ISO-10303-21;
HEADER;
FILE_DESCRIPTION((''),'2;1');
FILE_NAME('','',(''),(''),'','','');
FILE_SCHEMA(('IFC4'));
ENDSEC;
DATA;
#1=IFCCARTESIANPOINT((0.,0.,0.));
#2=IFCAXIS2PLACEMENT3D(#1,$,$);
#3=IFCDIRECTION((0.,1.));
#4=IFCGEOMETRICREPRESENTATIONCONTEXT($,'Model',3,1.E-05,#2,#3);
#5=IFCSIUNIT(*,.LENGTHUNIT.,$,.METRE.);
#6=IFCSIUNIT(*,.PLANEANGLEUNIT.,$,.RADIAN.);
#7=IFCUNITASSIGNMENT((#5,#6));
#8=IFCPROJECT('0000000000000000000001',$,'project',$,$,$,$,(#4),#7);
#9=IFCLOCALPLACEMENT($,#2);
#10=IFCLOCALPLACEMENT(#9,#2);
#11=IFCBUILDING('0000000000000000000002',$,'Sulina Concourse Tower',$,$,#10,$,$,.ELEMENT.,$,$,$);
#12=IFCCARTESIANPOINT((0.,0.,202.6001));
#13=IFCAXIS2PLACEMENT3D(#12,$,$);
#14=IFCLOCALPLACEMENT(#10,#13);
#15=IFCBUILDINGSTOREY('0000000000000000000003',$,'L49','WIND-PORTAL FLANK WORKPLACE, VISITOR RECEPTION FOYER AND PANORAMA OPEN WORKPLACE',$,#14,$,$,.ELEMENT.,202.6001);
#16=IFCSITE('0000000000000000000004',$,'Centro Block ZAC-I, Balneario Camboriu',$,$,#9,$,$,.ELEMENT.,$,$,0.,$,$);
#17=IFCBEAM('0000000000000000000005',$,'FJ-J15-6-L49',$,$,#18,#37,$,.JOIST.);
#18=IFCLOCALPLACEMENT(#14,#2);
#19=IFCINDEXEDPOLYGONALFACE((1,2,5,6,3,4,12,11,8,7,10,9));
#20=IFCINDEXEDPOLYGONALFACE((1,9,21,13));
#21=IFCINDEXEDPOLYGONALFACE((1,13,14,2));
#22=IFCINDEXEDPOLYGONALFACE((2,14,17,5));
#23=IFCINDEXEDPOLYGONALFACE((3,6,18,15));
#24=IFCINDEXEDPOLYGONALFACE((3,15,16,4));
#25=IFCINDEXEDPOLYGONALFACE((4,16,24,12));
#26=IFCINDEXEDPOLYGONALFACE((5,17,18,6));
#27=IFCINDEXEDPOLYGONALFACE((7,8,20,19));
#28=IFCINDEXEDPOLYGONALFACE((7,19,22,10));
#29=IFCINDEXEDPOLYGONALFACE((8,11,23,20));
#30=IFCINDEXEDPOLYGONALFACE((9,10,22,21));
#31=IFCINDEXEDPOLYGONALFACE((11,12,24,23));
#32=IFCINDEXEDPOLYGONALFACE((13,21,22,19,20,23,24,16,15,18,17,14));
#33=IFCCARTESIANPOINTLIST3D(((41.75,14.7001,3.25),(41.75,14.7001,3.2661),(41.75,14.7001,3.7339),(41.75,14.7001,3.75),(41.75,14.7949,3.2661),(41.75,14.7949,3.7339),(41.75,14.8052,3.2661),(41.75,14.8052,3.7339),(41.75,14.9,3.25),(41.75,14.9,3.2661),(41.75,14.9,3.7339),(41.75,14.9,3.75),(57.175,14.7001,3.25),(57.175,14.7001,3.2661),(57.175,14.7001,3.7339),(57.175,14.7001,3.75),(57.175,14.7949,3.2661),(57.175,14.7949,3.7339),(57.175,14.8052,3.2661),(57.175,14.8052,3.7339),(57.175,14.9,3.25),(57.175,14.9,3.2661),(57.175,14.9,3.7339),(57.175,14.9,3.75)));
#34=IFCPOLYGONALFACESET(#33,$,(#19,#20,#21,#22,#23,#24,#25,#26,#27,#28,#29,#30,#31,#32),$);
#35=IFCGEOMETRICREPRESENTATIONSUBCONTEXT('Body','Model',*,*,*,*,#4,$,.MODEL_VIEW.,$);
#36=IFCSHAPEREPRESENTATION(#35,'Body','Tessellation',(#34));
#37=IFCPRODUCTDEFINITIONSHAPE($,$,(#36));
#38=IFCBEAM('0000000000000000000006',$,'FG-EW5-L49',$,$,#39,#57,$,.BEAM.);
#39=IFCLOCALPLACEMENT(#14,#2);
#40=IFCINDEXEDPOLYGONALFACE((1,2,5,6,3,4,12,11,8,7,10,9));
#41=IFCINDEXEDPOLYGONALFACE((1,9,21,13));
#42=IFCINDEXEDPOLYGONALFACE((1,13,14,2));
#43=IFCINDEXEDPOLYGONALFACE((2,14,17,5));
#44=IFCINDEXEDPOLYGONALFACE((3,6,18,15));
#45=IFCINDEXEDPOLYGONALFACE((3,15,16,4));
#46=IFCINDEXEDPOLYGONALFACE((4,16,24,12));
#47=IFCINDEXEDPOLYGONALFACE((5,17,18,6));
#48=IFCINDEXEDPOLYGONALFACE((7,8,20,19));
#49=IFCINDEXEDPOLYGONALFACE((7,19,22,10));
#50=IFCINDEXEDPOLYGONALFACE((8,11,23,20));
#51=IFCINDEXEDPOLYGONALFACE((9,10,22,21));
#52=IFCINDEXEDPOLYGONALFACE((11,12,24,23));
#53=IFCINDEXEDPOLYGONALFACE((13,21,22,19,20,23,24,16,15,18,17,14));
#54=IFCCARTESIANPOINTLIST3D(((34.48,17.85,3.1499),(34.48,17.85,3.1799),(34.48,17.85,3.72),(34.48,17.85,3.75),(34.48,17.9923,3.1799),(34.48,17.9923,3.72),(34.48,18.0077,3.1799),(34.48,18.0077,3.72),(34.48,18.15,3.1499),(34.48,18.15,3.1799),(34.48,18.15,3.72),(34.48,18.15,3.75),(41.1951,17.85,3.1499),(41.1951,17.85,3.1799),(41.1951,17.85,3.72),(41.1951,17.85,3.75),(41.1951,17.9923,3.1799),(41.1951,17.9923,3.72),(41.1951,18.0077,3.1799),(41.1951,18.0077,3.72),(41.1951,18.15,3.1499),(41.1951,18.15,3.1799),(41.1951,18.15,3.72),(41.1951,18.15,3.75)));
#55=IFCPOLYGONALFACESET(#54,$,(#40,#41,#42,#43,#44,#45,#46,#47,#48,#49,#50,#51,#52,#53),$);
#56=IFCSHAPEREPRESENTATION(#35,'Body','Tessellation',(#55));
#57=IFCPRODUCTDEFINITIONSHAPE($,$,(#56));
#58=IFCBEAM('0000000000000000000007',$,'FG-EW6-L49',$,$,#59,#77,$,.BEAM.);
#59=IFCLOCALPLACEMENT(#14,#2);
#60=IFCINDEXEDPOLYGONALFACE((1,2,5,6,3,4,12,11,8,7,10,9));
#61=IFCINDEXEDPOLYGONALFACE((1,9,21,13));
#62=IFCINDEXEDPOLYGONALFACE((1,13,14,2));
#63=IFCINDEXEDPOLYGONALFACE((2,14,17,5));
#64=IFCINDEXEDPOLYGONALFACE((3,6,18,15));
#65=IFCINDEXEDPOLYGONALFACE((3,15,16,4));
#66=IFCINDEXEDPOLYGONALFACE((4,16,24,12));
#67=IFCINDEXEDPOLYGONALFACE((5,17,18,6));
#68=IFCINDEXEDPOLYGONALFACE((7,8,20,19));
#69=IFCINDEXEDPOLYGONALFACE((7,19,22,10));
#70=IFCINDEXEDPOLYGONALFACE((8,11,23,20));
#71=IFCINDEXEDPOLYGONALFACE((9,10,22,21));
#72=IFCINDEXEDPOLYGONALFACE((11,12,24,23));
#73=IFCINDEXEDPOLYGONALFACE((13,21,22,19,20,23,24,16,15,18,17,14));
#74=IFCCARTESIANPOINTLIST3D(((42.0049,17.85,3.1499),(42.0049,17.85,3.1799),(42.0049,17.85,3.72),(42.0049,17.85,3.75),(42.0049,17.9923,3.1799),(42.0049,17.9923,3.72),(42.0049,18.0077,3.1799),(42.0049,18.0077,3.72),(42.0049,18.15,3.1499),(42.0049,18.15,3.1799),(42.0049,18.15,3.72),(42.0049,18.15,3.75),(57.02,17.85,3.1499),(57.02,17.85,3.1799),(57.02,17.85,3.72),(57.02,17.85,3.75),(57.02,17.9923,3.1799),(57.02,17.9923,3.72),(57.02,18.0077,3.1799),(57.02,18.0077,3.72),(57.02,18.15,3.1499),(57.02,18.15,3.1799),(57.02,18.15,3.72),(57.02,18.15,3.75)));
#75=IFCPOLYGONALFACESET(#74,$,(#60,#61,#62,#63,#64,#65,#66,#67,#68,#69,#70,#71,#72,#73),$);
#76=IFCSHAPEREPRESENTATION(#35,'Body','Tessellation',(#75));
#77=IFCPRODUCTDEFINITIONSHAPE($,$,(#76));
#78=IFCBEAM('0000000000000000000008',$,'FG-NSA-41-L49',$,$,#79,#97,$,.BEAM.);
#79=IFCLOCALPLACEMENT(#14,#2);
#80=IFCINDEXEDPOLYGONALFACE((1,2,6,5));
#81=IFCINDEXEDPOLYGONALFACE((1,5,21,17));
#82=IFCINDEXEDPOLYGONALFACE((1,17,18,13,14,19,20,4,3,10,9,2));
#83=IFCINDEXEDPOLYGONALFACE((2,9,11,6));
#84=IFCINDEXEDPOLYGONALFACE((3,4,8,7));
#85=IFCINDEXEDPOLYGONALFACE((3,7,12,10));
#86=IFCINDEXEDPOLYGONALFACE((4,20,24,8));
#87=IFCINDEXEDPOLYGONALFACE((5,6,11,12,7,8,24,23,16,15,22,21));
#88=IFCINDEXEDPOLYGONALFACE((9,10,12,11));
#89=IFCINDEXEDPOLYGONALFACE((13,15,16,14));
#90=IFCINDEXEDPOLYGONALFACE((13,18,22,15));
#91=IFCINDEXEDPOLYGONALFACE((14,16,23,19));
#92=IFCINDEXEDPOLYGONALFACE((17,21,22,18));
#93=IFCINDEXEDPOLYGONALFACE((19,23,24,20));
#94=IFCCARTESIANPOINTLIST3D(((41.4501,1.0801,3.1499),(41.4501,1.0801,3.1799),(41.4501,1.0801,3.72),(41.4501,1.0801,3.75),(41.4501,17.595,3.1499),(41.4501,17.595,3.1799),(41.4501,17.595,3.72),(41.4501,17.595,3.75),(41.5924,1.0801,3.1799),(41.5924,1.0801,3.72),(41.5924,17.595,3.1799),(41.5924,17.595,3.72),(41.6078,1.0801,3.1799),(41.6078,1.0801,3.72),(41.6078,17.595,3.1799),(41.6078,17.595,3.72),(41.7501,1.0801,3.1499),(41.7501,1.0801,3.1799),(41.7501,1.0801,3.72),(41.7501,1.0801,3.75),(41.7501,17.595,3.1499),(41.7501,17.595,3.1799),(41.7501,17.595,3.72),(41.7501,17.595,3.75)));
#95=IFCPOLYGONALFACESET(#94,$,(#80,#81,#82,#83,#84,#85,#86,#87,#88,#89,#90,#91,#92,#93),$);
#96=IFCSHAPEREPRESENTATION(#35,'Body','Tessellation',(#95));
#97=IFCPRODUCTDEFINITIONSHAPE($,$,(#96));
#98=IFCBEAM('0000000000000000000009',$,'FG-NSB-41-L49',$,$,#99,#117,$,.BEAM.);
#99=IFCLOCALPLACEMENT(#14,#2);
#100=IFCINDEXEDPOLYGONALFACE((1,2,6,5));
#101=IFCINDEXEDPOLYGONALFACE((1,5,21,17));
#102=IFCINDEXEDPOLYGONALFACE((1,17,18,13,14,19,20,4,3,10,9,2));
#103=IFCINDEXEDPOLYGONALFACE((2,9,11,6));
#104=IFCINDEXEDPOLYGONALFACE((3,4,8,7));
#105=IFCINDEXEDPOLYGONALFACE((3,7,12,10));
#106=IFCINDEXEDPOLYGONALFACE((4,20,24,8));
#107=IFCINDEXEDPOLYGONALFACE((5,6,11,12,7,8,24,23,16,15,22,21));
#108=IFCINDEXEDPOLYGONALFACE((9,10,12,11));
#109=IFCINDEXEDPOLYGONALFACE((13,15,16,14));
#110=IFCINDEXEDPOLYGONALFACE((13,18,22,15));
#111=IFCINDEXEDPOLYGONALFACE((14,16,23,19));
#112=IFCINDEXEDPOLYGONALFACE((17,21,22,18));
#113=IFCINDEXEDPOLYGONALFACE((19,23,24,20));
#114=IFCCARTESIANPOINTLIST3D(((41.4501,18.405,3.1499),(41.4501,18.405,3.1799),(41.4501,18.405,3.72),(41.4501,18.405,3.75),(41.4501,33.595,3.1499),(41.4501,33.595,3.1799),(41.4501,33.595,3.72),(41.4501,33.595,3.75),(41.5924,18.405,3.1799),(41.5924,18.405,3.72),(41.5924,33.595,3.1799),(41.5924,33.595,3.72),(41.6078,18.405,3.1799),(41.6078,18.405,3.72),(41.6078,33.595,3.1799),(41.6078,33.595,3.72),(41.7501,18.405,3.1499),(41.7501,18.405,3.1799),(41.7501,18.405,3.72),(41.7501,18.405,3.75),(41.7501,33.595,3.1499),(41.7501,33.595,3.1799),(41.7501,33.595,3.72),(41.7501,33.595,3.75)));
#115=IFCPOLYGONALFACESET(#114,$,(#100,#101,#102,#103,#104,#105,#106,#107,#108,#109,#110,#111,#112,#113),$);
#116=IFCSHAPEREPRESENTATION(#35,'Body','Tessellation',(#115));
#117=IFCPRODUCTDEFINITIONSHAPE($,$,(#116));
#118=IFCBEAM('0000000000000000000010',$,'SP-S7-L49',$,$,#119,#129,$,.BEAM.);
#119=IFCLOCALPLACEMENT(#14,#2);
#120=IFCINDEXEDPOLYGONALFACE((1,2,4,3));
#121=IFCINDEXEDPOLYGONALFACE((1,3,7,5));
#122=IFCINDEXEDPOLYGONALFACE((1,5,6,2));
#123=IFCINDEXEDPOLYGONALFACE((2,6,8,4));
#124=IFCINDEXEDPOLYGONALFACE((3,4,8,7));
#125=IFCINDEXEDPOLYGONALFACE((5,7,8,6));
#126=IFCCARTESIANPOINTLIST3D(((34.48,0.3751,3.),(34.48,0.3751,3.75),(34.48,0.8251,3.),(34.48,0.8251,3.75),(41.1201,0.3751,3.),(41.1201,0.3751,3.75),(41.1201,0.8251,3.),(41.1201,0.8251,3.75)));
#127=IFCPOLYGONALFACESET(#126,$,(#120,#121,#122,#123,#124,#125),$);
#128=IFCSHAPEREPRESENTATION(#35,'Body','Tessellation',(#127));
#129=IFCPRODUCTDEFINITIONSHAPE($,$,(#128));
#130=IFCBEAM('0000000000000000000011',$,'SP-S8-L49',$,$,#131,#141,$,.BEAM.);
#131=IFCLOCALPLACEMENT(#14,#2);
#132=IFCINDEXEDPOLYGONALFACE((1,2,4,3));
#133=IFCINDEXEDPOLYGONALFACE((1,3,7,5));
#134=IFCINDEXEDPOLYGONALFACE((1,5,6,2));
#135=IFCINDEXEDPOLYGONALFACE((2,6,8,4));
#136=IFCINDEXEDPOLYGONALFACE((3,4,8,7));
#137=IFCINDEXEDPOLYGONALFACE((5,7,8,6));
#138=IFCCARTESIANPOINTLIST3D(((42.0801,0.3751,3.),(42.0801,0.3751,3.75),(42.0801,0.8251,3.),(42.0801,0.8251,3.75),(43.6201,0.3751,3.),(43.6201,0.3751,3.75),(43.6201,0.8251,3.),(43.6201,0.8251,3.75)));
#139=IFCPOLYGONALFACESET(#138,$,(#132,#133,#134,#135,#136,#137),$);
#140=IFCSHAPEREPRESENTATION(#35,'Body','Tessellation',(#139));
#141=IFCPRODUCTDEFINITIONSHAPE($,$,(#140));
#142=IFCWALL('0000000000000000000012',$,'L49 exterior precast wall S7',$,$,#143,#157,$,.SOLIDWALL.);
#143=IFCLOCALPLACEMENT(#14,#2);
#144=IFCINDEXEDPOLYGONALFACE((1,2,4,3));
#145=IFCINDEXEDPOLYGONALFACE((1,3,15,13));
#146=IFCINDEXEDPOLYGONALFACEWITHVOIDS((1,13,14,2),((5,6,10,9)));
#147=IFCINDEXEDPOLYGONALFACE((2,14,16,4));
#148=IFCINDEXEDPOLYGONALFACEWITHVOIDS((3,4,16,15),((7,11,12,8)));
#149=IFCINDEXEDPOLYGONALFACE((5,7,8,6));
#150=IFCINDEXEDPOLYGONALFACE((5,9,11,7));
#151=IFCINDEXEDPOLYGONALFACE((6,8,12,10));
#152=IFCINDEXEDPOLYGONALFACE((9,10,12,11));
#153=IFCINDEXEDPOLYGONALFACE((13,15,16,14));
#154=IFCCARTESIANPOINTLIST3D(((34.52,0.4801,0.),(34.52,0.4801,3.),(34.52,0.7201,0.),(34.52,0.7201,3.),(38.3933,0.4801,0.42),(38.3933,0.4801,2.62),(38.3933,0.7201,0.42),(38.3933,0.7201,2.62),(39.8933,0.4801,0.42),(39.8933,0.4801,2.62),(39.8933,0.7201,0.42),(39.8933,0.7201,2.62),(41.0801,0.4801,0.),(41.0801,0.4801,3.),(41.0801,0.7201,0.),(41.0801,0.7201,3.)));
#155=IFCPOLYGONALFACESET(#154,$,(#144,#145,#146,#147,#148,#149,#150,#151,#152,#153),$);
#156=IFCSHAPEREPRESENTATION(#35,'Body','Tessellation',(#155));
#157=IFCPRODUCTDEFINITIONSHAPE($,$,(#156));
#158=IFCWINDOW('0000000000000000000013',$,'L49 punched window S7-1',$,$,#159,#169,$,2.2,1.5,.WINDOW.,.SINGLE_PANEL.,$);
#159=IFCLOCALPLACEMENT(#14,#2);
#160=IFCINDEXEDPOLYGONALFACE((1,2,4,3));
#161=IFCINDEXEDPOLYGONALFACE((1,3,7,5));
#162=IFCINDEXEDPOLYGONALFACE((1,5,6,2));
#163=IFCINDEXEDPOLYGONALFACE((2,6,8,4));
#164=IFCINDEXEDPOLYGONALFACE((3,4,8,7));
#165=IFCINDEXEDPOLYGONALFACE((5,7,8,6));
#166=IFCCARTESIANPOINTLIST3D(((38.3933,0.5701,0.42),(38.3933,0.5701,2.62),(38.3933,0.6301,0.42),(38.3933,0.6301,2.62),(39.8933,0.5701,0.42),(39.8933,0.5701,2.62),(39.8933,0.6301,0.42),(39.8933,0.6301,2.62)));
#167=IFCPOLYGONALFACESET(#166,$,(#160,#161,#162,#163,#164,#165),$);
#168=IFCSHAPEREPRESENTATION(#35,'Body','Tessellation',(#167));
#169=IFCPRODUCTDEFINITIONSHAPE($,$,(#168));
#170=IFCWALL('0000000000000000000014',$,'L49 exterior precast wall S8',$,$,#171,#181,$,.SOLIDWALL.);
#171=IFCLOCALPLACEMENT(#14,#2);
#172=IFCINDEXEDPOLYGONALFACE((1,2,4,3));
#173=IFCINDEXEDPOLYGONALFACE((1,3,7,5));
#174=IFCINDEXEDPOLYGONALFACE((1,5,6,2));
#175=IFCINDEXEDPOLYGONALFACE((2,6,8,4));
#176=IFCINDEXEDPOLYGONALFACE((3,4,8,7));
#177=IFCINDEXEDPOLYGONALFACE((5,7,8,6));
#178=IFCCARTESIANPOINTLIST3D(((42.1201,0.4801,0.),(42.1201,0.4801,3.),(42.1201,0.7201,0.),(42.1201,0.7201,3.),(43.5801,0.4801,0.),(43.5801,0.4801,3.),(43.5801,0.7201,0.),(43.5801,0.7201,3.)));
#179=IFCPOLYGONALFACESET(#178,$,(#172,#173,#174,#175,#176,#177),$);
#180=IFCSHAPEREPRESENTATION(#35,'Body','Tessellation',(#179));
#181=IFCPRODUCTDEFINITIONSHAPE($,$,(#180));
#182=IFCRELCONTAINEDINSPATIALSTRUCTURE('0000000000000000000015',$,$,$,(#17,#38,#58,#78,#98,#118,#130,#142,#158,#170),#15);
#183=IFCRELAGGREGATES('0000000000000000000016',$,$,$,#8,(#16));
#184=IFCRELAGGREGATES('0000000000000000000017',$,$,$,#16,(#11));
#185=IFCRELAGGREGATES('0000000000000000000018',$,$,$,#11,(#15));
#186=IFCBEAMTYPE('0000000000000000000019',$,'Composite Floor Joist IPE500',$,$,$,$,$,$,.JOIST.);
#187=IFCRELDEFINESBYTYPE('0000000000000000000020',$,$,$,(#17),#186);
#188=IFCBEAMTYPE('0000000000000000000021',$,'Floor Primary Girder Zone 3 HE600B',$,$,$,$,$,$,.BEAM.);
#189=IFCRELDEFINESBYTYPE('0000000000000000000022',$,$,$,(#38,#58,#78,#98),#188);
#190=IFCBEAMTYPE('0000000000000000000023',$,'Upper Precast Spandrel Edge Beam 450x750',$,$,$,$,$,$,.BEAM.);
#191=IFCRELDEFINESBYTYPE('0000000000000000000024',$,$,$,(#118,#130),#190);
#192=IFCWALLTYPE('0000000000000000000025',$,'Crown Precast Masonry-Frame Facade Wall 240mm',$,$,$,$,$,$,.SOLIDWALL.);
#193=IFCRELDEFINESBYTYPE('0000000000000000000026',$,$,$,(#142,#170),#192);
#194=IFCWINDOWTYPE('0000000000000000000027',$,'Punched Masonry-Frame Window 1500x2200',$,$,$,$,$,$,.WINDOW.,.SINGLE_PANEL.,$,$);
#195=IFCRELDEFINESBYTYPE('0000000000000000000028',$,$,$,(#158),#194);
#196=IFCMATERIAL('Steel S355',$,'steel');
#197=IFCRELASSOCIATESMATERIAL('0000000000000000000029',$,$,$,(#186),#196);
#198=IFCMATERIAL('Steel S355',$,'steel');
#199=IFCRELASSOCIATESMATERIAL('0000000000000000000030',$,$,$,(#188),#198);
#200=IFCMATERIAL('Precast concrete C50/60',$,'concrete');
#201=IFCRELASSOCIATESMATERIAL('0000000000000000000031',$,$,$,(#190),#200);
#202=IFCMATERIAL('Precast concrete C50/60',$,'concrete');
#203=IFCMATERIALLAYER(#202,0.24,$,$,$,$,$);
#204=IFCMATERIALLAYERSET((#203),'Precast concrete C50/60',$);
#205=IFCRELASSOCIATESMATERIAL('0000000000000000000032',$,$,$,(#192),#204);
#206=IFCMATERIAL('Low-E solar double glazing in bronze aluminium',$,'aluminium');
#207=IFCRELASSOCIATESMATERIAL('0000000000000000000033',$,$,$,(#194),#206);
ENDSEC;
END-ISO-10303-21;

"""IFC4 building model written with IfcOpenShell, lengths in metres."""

from ifc_helpers import new_model, si_unit, direction, frame, frame_2d, origin, origin_2d, place, context, subcontext, project, spatial, rectangle, i_section, extrude, material, layer, layer_set, material_profile, profile_set, type_object, element, fill, save


model = new_model("IFC4")

# Units and contexts
model_context = context("Model", 3, precision=1e-05, world=origin(), true_north=direction((0.0, 1.0)))
body_context = subcontext(model_context, "Body", "Model", "MODEL_VIEW")
ifc_project = project(units=[si_unit("LENGTHUNIT", "METRE"), si_unit("PLANEANGLEUNIT", "RADIAN")], contexts=[model_context])

# Site, building, storey
site_placement = place(None, origin())
site = spatial("IfcSite", under=ifc_project, at=site_placement, Name="Centro Block ZAC-I, Balneario Camboriu", CompositionType="ELEMENT", RefElevation=0.0)
building_placement = place(site_placement, origin())
building = spatial("IfcBuilding", under=site, at=building_placement, Name="Sulina Concourse Tower", CompositionType="ELEMENT")
storey_placement = place(building_placement, frame((0.0, 0.0, 202.6001)))
storey = spatial("IfcBuildingStorey", under=building, at=storey_placement, Name="L49", Description="WIND-PORTAL FLANK WORKPLACE, VISITOR RECEPTION FOYER AND PANORAMA OPEN WORKPLACE", CompositionType="ELEMENT", Elevation=202.6001)

# Beams
ifc_material_1 = material(Name="Steel S355", Category="steel")
ifc_material_profile_1 = material_profile(ifc_material_1, i_section(OverallWidth=0.2, OverallDepth=0.5, WebThickness=0.0103, FlangeThickness=0.0161, at=origin_2d()), Name="IPE 500")
ifc_profile_set_1 = profile_set([ifc_material_profile_1], Name="Steel S355")
beam_type_1 = type_object("IfcBeamType", Name="Composite Floor Joist IPE500", PredefinedType="JOIST", material=ifc_profile_set_1)
beam_1_placement = place(storey_placement, frame((41.75, 14.8, 3.5), z_axis=(1.0, 0.0, 0.0), x_axis=(0.0, 1.0, 0.0)))
element("IfcBeam", 1, at=beam_1_placement, inside=storey, type_object=beam_type_1, Name="FJ-J15-6-L49", PredefinedType="JOIST", context=body_context, shape_type="SweptSolid", body=[
    extrude(i_section(OverallWidth=0.2, OverallDepth=0.5, WebThickness=0.0103, FlangeThickness=0.0161, at=origin_2d()), origin(), (0.0, 0.0, 1.0), 15.425),
])
ifc_material_2 = material(Name="Steel S355", Category="steel")
ifc_material_profile_2 = material_profile(ifc_material_2, i_section(OverallWidth=0.3, OverallDepth=0.6001, WebThickness=0.0154, FlangeThickness=0.03, at=origin_2d()), Name="HE 600 B")
ifc_profile_set_2 = profile_set([ifc_material_profile_2], Name="Steel S355")
beam_type_2 = type_object("IfcBeamType", Name="Floor Primary Girder Zone 3 HE600B", PredefinedType="BEAM", material=ifc_profile_set_2)
beam_2_placement = place(storey_placement, frame((34.48, 18.0, 3.45), z_axis=(1.0, 0.0, 0.0), x_axis=(0.0, 1.0, 0.0)))
element("IfcBeam", 2, at=beam_2_placement, inside=storey, type_object=beam_type_2, Name="FG-EW5-L49", PredefinedType="BEAM", context=body_context, shape_type="SweptSolid", body=[
    extrude(i_section(OverallWidth=0.3, OverallDepth=0.6001, WebThickness=0.0154, FlangeThickness=0.03, at=origin_2d()), origin(), (0.0, 0.0, 1.0), 6.7151),
])
beam_3_placement = place(storey_placement, frame((42.0049, 18.0, 3.45), z_axis=(1.0, 0.0, 0.0), x_axis=(0.0, 1.0, 0.0)))
element("IfcBeam", 3, at=beam_3_placement, inside=storey, type_object=beam_type_2, Name="FG-EW6-L49", PredefinedType="BEAM", context=body_context, shape_type="SweptSolid", body=[
    extrude(i_section(OverallWidth=0.3, OverallDepth=0.6001, WebThickness=0.0154, FlangeThickness=0.03, at=origin_2d()), origin(), (0.0, 0.0, 1.0), 15.0151),
])
beam_4_placement = place(storey_placement, frame((41.6001, 1.0801, 3.45), z_axis=(0.0, 1.0, 0.0), x_axis=(-1.0, 0.0, 0.0)))
element("IfcBeam", 4, at=beam_4_placement, inside=storey, type_object=beam_type_2, Name="FG-NSA-41-L49", PredefinedType="BEAM", context=body_context, shape_type="SweptSolid", body=[
    extrude(i_section(OverallWidth=0.3, OverallDepth=0.6001, WebThickness=0.0154, FlangeThickness=0.03, at=origin_2d()), origin(), (0.0, 0.0, 1.0), 16.5149),
])
beam_5_placement = place(storey_placement, frame((41.6001, 18.405, 3.45), z_axis=(0.0, 1.0, 0.0), x_axis=(-1.0, 0.0, 0.0)))
element("IfcBeam", 5, at=beam_5_placement, inside=storey, type_object=beam_type_2, Name="FG-NSB-41-L49", PredefinedType="BEAM", context=body_context, shape_type="SweptSolid", body=[
    extrude(i_section(OverallWidth=0.3, OverallDepth=0.6001, WebThickness=0.0154, FlangeThickness=0.03, at=origin_2d()), origin(), (0.0, 0.0, 1.0), 15.1899),
])
ifc_material_3 = material(Name="Precast concrete C50/60", Category="concrete")
ifc_material_profile_3 = material_profile(ifc_material_3, rectangle(XDim=0.45, YDim=0.75, at=origin_2d()), Name="RC 450x750")
ifc_profile_set_3 = profile_set([ifc_material_profile_3], Name="Precast concrete C50/60")
beam_type_3 = type_object("IfcBeamType", Name="Upper Precast Spandrel Edge Beam 450x750", PredefinedType="BEAM", material=ifc_profile_set_3)
beam_6_placement = place(storey_placement, frame((34.48, 0.6001, 3.375), z_axis=(1.0, 0.0, 0.0), x_axis=(0.0, 1.0, 0.0)))
element("IfcBeam", 6, at=beam_6_placement, inside=storey, type_object=beam_type_3, Name="SP-S7-L49", PredefinedType="BEAM", context=body_context, shape_type="SweptSolid", body=[
    extrude(rectangle(XDim=0.45, YDim=0.75, at=origin_2d()), origin(), (0.0, 0.0, 1.0), 6.6401),
])
beam_7_placement = place(storey_placement, frame((42.0801, 0.6001, 3.375), z_axis=(1.0, 0.0, 0.0), x_axis=(0.0, 1.0, 0.0)))
element("IfcBeam", 7, at=beam_7_placement, inside=storey, type_object=beam_type_3, Name="SP-S8-L49", PredefinedType="BEAM", context=body_context, shape_type="SweptSolid", body=[
    extrude(rectangle(XDim=0.45, YDim=0.75, at=origin_2d()), origin(), (0.0, 0.0, 1.0), 1.54),
])

# Wall, opening, window
ifc_material_4 = material(Name="Precast concrete C50/60", Category="concrete")
ifc_layer_1 = layer(ifc_material_4, 0.24)
ifc_layer_set_1 = layer_set([ifc_layer_1], Name="Precast concrete C50/60")
wall_type_1 = type_object("IfcWallType", Name="Crown Precast Masonry-Frame Facade Wall 240mm", PredefinedType="SOLIDWALL", material=ifc_layer_set_1)
wall_1_placement = place(storey_placement, frame((41.0801, 0.6001, 0.0), z_axis=(0.0, 0.0, 1.0), x_axis=(-1.0, 0.0, 0.0)))
wall_1 = element("IfcWall", 8, at=wall_1_placement, inside=storey, type_object=wall_type_1, Name="L49 exterior precast wall S7", PredefinedType="SOLIDWALL", context=body_context, shape_type="SweptSolid", body=[
    extrude(rectangle(XDim=6.5601, YDim=0.24, at=frame_2d((3.28, 0.0))), origin(), (0.0, 0.0, 1.0), 3.0),
])
opening_1_placement = place(wall_1_placement, frame((1.1868, 0.0, 0.4199)))
opening_1 = element("IfcOpeningElement", 9, at=opening_1_placement, cuts=wall_1, PredefinedType="OPENING", context=body_context, shape_type="SweptSolid", body=[
    extrude(rectangle(XDim=1.5, YDim=2.2, at=frame_2d((0.75, 1.1001))), frame((0.0, 0.1299, 0.0), z_axis=(0.0, -1.0, 0.0), x_axis=(1.0, 0.0, 0.0)), (0.0, 0.0, 1.0), 0.26),
])
ifc_material_5 = material(Name="Low-E solar double glazing in bronze aluminium", Category="aluminium")
window_type = type_object("IfcWindowType", Name="Punched Masonry-Frame Window 1500x2200", PartitioningType="SINGLE_PANEL", PredefinedType="WINDOW", material=ifc_material_5)
window_placement = place(opening_1_placement, origin())
window = element("IfcWindow", 10, at=window_placement, inside=storey, type_object=window_type, Name="L49 punched window S7-1", OverallHeight=2.2, OverallWidth=1.5, PartitioningType="SINGLE_PANEL", PredefinedType="WINDOW", context=body_context, shape_type="SweptSolid", body=[
    extrude(rectangle(XDim=1.5, YDim=2.2, at=frame_2d((0.75, 1.1001))), frame((0.0, 0.03, 0.0), z_axis=(0.0, -1.0, 0.0), x_axis=(1.0, 0.0, 0.0)), (0.0, 0.0, 1.0), 0.0601),
])
fill(opening_1, window)

# Wall
wall_2_placement = place(storey_placement, frame((43.5801, 0.6001, 0.0), z_axis=(0.0, 0.0, 1.0), x_axis=(-1.0, 0.0, 0.0)))
element("IfcWall", 11, at=wall_2_placement, inside=storey, type_object=wall_type_1, Name="L49 exterior precast wall S8", PredefinedType="SOLIDWALL", context=body_context, shape_type="SweptSolid", body=[
    extrude(rectangle(XDim=1.46, YDim=0.24, at=frame_2d((0.73, 0.0))), origin(), (0.0, 0.0, 1.0), 3.0),
])

save(model, "model.ifc")
